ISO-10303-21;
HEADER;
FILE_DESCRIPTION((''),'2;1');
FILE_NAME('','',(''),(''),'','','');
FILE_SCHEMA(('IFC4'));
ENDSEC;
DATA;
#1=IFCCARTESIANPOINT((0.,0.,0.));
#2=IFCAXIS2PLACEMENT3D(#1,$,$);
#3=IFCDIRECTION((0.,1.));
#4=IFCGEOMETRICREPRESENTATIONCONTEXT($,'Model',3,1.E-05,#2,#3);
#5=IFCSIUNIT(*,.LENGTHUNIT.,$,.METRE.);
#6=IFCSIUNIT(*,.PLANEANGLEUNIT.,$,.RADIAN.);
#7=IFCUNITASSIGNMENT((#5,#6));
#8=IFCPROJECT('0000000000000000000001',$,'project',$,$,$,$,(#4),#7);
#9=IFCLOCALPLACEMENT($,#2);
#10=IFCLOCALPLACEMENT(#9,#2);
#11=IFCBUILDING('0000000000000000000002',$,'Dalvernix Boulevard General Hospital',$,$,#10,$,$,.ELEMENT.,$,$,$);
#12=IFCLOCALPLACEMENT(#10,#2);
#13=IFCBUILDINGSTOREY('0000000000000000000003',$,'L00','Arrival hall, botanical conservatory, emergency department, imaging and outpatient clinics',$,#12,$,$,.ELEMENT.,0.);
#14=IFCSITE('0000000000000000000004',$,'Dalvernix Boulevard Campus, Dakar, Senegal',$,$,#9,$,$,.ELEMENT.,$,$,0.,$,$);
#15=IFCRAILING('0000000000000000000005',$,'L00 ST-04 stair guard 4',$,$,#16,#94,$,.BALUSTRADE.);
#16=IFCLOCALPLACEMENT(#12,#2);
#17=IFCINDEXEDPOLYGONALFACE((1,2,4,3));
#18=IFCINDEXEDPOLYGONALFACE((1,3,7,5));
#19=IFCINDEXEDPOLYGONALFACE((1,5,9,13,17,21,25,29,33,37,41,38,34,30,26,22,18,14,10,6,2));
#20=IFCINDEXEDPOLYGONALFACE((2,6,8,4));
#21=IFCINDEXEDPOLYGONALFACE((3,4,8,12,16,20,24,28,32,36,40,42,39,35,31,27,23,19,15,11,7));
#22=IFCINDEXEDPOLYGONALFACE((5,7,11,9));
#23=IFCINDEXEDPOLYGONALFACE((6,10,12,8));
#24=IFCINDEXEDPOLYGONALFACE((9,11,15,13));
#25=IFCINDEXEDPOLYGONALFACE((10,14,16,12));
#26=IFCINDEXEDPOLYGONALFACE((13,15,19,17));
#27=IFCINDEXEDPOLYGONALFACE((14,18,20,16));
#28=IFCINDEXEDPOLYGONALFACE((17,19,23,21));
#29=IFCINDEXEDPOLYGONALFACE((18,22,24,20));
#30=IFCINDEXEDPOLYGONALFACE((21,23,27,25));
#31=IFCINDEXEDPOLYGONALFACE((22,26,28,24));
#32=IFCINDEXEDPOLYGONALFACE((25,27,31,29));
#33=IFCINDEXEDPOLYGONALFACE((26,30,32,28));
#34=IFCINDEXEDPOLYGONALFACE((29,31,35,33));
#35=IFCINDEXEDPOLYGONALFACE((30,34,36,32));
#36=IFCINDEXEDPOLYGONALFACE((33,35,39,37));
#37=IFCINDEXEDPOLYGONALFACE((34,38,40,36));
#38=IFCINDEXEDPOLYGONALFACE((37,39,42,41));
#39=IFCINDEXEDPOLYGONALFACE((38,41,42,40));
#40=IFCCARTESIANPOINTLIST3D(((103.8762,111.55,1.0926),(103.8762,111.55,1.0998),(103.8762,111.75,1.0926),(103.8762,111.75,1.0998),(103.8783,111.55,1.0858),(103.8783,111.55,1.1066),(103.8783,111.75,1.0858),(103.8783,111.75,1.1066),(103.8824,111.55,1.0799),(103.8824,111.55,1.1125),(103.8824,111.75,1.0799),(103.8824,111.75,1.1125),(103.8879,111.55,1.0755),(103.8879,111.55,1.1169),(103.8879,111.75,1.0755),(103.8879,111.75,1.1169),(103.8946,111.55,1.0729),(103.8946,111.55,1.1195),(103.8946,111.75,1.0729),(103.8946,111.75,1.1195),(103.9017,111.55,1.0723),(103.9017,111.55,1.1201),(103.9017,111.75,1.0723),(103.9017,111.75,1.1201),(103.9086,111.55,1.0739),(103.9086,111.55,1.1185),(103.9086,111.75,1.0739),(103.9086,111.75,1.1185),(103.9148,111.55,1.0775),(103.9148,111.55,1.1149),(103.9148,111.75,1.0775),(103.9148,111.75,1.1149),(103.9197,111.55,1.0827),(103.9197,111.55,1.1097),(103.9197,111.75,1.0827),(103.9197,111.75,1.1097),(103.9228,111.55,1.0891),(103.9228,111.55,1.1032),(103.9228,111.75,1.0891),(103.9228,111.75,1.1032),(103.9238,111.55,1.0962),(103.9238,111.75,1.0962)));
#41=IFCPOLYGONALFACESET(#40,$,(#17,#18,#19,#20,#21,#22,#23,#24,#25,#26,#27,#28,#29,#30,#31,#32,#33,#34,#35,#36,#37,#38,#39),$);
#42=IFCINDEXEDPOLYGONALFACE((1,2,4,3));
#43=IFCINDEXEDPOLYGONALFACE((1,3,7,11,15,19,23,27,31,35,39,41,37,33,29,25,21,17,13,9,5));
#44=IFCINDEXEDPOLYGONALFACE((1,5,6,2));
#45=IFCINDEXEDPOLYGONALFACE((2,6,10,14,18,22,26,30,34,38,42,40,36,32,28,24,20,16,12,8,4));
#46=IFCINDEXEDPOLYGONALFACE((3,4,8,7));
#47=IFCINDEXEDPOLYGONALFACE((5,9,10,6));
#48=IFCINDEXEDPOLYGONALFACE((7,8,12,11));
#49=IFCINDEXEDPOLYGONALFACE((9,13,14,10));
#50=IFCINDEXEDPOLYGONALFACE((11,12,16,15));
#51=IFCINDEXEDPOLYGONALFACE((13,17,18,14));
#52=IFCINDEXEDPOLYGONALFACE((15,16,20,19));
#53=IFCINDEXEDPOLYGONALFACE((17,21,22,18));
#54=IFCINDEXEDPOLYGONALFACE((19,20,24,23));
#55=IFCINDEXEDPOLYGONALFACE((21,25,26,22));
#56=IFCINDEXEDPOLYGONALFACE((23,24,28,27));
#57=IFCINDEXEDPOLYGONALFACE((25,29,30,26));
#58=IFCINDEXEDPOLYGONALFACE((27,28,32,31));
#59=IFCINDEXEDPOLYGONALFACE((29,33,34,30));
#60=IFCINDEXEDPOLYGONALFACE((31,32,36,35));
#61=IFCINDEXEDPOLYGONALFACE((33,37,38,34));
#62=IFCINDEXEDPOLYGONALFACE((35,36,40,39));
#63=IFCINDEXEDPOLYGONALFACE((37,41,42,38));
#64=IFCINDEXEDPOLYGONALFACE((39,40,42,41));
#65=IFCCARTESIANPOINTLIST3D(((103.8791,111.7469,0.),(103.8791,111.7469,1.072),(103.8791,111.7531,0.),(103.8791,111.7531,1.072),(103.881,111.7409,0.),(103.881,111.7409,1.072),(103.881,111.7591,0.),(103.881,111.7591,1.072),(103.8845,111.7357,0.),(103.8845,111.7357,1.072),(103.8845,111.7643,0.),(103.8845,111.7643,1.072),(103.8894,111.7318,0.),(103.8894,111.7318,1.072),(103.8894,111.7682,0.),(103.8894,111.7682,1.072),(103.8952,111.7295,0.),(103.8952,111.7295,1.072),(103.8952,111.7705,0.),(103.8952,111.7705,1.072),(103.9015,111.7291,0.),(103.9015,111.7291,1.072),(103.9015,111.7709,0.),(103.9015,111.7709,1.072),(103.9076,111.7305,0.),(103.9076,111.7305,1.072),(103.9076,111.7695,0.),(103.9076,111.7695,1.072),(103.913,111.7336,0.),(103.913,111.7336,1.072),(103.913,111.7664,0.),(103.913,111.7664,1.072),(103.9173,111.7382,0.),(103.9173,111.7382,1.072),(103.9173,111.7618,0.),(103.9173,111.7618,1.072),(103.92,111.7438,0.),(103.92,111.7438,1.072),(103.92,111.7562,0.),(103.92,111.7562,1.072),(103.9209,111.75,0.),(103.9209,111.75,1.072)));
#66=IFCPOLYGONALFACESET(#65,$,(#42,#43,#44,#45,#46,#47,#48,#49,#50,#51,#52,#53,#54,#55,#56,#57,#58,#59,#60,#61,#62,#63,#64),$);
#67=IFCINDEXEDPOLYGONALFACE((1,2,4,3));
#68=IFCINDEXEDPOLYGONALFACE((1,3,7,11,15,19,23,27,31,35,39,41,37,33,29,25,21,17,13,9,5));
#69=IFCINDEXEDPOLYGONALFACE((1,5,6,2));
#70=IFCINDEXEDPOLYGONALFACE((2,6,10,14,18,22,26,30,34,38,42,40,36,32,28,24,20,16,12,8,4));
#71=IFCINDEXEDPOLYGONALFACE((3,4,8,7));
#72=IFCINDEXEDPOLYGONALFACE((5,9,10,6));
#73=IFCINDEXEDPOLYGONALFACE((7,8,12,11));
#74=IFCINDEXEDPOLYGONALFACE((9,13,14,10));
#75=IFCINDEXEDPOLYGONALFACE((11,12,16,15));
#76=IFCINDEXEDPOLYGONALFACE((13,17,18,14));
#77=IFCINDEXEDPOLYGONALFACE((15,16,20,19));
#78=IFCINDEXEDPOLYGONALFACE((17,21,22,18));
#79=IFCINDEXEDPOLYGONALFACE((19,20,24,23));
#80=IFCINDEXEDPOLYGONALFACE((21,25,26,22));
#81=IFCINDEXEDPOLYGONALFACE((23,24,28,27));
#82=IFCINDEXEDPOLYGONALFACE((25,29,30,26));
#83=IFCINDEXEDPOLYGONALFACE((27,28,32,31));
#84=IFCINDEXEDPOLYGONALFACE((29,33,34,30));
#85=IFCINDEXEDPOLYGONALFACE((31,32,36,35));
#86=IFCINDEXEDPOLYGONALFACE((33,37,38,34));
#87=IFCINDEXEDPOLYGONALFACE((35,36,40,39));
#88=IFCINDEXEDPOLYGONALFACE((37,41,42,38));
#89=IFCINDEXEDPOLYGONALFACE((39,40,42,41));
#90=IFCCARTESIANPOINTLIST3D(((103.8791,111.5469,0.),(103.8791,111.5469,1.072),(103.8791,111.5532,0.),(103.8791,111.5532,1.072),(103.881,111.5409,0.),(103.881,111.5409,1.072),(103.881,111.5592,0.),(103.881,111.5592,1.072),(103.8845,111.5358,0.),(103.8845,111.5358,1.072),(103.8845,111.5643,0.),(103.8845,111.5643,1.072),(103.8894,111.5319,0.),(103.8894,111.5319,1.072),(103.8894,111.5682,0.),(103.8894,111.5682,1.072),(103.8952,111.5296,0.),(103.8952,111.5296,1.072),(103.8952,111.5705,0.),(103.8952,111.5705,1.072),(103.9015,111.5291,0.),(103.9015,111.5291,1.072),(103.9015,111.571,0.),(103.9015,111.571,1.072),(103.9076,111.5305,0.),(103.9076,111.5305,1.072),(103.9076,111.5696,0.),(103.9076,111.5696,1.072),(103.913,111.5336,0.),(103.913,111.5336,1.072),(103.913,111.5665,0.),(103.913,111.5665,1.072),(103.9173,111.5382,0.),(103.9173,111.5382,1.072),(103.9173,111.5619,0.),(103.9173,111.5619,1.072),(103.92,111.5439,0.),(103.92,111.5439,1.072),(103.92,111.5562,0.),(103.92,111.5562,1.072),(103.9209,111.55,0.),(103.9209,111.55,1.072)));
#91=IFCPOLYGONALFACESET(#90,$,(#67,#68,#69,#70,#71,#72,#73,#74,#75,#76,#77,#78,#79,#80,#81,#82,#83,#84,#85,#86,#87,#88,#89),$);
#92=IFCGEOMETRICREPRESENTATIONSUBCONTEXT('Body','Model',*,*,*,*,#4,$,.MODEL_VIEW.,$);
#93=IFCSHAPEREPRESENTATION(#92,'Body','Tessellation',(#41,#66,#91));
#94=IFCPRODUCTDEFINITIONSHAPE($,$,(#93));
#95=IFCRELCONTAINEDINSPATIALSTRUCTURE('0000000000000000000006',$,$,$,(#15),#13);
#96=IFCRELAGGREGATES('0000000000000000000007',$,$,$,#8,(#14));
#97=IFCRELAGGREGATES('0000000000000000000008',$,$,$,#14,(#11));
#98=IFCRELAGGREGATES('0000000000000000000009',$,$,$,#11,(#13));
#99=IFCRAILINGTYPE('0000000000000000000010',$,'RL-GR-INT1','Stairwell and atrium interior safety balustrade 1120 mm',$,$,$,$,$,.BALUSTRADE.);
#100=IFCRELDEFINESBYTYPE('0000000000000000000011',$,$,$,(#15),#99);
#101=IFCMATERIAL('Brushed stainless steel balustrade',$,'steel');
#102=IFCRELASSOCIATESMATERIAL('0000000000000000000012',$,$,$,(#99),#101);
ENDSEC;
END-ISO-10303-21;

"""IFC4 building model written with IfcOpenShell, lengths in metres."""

from ifc_helpers import new_model, si_unit, direction, frame, origin, origin_2d, place, context, subcontext, project, spatial, circle, extrude, material, type_object, element, save


model = new_model("IFC4")

# Units and contexts
model_context = context("Model", 3, precision=1e-05, world=origin(), true_north=direction((0.0, 1.0)))
body_context = subcontext(model_context, "Body", "Model", "MODEL_VIEW")
ifc_project = project(units=[si_unit("LENGTHUNIT", "METRE"), si_unit("PLANEANGLEUNIT", "RADIAN")], contexts=[model_context])

# Site, building, storey
site_placement = place(None, origin())
site = spatial("IfcSite", under=ifc_project, at=site_placement, Name="Dalvernix Boulevard Campus, Dakar, Senegal", CompositionType="ELEMENT", RefElevation=0.0)
building_placement = place(site_placement, origin())
building = spatial("IfcBuilding", under=site, at=building_placement, Name="Dalvernix Boulevard General Hospital", CompositionType="ELEMENT")
storey_placement = place(building_placement, origin())
storey = spatial("IfcBuildingStorey", under=building, at=storey_placement, Name="L00", Description="Arrival hall, botanical conservatory, emergency department, imaging and outpatient clinics", CompositionType="ELEMENT", Elevation=0.0)

# Railing
ifc_material_1 = material(Name="Brushed stainless steel balustrade", Category="steel")
railing_type_1 = type_object("IfcRailingType", Name="RL-GR-INT1", Description="Stairwell and atrium interior safety balustrade 1120 mm", PredefinedType="BALUSTRADE", material=ifc_material_1)
railing_1_placement = place(storey_placement, frame((103.8999, 111.75, 0.0)))
element("IfcRailing", 1, at=railing_1_placement, inside=storey, type_object=railing_type_1, Name="L00 ST-04 stair guard 4", PredefinedType="BALUSTRADE", context=body_context, shape_type="SweptSolid", body=[
    extrude(circle(Radius=0.0239, at=origin_2d()), frame((0.0, 0.0, 1.0962), z_axis=(0.0, -1.0, 0.0), x_axis=(1.0, 0.0, 0.0)), (0.0, 0.0, 1.0), 0.2),
    extrude(circle(Radius=0.021, at=origin_2d()), origin(), (0.0, 0.0, 1.0), 1.072),
    extrude(circle(Radius=0.021, at=origin_2d()), frame((0.0, -0.2, 0.0)), (0.0, 0.0, 1.0), 1.072),
])

save(model, "model.ifc")
